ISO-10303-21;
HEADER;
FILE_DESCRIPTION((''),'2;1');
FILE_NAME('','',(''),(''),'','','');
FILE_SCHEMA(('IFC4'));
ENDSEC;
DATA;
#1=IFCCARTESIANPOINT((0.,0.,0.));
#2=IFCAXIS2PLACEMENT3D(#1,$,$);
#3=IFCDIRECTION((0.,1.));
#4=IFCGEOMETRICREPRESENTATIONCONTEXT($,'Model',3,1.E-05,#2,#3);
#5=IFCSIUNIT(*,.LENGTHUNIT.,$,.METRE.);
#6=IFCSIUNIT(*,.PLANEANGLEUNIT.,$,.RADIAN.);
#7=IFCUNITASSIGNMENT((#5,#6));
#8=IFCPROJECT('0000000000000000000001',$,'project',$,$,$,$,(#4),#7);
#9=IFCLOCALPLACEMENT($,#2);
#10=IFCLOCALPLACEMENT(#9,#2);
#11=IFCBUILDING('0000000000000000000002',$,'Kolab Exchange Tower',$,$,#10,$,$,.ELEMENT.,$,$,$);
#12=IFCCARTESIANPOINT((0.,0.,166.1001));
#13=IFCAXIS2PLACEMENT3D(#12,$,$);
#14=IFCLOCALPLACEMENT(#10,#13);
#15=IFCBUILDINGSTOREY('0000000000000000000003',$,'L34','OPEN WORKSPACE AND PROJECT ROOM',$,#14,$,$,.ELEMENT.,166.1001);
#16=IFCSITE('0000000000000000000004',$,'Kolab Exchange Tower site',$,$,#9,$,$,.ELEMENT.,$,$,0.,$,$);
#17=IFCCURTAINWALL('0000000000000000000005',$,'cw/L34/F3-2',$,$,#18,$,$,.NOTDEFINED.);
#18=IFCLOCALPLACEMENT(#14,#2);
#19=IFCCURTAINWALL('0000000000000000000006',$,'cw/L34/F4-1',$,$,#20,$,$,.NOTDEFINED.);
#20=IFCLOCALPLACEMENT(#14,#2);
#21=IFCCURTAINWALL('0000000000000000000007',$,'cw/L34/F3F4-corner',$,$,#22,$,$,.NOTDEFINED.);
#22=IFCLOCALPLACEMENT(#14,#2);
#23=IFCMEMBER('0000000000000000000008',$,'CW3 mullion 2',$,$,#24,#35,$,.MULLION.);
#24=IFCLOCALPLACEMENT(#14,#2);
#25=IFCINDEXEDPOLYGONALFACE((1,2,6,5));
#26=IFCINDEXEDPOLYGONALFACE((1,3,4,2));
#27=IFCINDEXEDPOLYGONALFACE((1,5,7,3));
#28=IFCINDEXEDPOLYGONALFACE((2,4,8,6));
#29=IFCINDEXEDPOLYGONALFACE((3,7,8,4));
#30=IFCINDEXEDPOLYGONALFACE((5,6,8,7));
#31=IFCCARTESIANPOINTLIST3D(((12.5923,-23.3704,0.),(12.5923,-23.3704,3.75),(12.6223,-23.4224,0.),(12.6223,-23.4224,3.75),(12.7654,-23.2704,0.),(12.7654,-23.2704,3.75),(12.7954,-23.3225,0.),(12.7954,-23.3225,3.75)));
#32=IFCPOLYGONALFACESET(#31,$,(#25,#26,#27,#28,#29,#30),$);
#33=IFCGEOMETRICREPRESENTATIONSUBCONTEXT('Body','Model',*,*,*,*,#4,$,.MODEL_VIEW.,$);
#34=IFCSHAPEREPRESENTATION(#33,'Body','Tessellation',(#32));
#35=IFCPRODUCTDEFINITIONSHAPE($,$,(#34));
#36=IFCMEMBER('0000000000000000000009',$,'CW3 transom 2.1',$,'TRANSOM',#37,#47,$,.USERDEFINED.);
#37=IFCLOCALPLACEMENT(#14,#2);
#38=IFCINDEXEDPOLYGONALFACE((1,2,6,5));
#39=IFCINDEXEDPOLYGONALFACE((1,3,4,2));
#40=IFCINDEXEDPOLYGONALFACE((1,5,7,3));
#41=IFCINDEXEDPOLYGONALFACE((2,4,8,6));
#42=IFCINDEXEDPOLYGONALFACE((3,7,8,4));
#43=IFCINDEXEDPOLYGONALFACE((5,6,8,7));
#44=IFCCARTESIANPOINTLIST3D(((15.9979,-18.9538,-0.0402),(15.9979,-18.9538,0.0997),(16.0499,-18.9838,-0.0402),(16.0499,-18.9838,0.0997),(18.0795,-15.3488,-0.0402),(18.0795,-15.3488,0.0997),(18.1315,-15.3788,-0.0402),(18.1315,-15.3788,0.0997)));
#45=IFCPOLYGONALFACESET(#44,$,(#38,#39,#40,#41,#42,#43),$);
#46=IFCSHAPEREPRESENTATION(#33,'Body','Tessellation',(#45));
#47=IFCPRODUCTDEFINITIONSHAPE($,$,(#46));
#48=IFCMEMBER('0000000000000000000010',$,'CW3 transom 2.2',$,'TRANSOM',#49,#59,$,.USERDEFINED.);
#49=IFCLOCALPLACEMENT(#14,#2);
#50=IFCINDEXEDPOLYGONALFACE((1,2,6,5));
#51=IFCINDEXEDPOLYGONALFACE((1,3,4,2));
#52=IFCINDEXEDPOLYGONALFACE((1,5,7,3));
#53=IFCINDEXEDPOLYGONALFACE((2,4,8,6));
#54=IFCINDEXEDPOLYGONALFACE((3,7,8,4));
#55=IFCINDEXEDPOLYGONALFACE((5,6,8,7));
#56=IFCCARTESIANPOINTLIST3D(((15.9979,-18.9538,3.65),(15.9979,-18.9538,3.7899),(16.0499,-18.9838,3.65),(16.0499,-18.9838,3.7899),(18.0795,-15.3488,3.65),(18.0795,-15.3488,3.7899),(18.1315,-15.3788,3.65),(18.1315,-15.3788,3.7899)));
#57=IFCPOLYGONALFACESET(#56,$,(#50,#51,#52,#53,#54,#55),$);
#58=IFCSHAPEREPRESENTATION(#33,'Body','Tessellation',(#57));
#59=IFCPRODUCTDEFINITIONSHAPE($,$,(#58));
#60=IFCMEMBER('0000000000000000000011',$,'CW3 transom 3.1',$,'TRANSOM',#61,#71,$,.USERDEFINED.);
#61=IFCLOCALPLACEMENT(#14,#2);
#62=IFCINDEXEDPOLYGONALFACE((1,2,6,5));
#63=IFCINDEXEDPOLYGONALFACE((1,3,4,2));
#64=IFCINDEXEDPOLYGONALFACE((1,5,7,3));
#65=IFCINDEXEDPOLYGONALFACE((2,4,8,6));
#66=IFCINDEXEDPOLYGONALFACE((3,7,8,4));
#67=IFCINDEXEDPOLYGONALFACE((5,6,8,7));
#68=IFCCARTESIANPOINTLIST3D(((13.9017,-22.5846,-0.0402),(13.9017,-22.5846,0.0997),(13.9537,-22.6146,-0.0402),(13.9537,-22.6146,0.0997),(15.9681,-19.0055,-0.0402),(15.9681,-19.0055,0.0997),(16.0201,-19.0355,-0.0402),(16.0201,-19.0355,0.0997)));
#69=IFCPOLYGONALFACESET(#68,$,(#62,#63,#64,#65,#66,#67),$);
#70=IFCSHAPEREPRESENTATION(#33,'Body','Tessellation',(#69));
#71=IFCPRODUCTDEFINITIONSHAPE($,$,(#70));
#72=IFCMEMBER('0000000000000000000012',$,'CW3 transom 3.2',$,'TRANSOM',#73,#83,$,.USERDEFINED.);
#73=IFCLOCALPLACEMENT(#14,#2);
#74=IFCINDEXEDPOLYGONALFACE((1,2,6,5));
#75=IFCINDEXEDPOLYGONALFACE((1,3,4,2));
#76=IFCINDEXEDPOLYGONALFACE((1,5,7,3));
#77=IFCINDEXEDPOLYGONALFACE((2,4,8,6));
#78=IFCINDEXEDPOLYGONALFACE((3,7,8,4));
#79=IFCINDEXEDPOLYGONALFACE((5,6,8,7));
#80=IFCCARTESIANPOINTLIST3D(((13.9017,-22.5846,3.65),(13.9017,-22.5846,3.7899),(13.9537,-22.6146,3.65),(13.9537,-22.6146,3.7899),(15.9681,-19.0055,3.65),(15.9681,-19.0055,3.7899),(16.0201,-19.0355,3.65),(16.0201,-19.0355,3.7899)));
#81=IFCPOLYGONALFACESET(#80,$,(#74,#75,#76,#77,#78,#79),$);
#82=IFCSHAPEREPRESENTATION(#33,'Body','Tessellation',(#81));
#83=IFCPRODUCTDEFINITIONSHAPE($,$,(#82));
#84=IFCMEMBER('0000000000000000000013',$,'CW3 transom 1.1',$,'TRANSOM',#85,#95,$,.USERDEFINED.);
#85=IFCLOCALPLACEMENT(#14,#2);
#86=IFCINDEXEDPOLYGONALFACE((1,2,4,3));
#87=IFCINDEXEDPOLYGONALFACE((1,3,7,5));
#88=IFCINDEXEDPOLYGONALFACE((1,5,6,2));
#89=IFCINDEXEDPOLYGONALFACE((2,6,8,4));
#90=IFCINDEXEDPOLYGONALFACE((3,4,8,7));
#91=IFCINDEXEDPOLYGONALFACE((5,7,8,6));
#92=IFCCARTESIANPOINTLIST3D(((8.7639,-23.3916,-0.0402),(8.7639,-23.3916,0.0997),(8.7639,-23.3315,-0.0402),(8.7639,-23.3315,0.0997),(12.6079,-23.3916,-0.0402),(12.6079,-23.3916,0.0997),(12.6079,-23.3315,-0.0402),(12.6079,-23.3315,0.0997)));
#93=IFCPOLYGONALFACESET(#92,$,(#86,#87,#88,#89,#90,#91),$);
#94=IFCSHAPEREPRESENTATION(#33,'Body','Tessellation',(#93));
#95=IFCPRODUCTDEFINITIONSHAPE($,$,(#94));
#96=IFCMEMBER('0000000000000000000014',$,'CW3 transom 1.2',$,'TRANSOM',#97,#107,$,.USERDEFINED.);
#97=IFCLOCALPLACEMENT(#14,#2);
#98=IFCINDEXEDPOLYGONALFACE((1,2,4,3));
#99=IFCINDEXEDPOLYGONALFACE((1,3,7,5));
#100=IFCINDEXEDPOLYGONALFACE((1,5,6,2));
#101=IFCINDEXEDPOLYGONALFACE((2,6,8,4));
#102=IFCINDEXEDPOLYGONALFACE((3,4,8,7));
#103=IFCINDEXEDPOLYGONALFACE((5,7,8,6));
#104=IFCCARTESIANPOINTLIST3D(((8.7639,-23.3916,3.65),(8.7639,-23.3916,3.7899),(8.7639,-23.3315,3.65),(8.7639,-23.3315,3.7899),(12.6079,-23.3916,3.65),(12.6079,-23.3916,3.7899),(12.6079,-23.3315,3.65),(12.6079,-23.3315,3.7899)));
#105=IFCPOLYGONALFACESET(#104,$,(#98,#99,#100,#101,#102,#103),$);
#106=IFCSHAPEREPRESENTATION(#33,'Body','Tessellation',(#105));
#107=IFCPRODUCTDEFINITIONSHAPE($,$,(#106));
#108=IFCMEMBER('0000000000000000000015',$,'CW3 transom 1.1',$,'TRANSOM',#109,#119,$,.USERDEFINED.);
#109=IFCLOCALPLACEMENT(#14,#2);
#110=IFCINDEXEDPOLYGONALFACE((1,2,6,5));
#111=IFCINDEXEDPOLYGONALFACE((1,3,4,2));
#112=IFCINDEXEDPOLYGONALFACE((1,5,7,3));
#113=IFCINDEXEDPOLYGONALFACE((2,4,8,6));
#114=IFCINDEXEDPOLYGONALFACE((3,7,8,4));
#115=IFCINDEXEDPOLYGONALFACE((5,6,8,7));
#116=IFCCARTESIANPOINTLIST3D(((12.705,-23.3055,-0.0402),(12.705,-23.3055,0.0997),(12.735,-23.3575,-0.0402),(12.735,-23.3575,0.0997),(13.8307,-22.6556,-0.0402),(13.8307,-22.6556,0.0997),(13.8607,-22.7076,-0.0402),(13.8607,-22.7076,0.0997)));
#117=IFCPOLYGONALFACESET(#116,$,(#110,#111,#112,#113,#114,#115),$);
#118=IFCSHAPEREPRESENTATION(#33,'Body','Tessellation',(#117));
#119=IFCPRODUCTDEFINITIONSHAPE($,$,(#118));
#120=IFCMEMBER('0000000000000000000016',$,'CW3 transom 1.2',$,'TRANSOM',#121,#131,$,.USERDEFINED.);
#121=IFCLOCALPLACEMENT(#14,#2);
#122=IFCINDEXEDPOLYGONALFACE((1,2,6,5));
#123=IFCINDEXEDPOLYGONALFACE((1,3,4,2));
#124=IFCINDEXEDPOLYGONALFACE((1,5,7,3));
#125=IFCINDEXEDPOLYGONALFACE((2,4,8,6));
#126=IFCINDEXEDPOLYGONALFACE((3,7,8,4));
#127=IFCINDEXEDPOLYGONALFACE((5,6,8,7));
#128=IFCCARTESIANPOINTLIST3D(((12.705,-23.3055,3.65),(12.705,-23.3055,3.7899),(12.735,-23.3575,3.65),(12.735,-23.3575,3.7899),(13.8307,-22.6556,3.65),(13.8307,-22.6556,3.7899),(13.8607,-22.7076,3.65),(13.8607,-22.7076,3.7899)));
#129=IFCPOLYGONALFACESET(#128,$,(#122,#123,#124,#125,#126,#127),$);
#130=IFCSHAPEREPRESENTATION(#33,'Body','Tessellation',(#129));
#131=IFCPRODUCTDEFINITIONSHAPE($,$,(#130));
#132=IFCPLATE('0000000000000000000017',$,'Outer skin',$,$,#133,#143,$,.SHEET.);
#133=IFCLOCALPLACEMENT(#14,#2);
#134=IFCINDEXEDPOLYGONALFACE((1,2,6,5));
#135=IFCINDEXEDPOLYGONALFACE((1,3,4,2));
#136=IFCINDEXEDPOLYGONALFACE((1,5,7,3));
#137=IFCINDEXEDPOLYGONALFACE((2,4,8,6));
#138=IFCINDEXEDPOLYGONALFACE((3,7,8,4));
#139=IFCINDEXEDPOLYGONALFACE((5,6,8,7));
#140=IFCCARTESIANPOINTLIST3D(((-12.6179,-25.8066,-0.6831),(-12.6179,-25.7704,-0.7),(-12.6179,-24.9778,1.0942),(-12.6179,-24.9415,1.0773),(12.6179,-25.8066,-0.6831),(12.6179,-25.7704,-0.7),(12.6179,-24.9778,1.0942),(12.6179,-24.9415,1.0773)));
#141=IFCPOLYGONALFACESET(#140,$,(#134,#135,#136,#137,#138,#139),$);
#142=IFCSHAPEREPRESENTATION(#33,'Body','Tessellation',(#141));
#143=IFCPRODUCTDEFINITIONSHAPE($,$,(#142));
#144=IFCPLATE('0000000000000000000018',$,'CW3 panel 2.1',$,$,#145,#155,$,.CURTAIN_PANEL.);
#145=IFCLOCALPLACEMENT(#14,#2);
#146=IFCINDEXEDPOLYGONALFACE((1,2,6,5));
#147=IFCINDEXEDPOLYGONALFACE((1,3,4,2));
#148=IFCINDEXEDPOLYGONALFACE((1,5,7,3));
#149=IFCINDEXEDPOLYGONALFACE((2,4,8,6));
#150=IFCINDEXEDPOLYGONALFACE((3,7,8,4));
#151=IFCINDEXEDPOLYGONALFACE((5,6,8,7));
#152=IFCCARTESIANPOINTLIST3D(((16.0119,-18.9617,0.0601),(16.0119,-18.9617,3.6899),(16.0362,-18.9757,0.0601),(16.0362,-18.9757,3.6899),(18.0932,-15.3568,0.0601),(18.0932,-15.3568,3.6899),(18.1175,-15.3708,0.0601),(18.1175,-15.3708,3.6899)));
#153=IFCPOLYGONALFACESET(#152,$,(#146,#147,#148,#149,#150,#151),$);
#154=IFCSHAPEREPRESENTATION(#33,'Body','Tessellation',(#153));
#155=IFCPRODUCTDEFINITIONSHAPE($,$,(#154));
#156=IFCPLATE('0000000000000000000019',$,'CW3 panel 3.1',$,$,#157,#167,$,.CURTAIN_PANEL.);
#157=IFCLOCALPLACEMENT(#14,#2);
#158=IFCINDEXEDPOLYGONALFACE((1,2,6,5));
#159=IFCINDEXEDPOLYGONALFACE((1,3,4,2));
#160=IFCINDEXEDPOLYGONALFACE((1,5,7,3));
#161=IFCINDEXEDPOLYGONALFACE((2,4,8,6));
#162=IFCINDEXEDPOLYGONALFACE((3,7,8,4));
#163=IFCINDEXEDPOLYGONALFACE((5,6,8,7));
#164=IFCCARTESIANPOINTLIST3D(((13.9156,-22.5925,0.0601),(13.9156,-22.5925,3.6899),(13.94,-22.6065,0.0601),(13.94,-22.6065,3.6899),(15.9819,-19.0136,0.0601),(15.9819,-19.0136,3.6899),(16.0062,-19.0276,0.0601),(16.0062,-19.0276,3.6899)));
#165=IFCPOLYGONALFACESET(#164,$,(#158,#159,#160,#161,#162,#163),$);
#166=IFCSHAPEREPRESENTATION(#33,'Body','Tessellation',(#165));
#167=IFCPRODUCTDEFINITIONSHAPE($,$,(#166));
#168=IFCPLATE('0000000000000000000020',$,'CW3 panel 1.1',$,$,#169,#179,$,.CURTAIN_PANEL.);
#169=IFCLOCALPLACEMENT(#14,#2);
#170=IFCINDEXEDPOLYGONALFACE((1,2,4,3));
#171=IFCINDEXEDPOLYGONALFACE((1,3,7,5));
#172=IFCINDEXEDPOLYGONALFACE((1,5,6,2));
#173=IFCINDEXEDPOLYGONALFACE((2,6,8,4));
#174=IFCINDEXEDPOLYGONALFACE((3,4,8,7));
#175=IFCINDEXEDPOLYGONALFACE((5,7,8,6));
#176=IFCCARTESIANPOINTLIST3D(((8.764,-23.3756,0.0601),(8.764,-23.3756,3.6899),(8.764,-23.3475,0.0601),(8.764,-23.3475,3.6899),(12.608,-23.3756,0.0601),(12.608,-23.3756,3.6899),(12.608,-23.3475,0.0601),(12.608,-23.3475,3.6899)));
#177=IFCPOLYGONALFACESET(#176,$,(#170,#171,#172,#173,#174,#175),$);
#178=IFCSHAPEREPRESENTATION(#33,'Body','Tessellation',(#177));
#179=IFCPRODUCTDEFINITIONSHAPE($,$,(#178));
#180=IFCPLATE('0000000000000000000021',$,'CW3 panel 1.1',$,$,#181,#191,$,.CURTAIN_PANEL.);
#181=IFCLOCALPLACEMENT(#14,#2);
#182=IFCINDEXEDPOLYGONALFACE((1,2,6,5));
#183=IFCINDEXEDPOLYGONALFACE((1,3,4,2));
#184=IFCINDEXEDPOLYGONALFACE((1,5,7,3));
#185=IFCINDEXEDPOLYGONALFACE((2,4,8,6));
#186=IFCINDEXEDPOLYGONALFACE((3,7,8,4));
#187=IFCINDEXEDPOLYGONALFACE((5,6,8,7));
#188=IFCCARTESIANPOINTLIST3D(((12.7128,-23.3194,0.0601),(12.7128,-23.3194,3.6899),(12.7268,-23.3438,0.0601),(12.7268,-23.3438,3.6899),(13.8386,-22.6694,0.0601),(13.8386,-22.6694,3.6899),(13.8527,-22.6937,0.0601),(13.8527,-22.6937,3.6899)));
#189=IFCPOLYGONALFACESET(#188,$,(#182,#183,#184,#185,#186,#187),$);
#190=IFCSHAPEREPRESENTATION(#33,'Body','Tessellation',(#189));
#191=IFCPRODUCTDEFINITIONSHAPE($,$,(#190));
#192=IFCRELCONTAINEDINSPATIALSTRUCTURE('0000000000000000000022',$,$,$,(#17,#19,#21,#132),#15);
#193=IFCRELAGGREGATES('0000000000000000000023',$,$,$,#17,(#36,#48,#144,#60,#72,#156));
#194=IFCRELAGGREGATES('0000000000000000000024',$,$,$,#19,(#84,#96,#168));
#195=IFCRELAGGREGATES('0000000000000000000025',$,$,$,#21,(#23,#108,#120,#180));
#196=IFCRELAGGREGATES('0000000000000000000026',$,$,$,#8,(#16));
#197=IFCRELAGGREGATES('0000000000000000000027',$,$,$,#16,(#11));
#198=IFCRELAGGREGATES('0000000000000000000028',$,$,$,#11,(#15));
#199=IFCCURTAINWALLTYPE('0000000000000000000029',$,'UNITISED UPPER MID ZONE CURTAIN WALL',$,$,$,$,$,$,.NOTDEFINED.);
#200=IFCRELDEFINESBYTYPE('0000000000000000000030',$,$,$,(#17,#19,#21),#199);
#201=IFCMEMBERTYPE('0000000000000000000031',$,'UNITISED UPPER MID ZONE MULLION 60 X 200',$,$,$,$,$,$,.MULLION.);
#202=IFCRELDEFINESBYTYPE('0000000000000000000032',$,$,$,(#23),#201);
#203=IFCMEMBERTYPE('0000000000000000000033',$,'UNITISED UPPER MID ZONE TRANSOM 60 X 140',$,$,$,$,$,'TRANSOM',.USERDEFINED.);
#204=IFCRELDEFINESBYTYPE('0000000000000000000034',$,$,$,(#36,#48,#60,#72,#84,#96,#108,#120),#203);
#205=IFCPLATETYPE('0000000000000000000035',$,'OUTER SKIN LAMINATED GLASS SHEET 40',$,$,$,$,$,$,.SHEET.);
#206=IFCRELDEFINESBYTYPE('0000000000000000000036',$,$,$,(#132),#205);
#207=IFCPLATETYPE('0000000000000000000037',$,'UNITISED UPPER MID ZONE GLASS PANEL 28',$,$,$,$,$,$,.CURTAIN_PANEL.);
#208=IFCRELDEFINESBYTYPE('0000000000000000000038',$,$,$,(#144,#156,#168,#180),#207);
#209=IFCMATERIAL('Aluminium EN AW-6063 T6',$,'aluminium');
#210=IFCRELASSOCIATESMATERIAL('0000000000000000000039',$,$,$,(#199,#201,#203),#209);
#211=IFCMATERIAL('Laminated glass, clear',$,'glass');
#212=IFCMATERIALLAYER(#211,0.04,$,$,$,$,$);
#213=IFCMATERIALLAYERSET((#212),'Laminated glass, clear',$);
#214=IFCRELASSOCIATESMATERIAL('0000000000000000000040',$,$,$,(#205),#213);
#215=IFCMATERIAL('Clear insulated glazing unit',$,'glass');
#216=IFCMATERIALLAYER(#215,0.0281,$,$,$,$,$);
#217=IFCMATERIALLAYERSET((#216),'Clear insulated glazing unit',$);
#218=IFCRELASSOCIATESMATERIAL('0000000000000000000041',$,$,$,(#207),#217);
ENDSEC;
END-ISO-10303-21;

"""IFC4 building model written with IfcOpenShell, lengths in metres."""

from ifc_helpers import new_model, si_unit, direction, frame, origin, origin_2d, place, context, subcontext, project, spatial, polyline, rectangle, outline, extrude, material, layer, layer_set, material_profile, profile_set, type_object, element, aggregate, save


model = new_model("IFC4")

# Units and contexts
model_context = context("Model", 3, precision=1e-05, world=origin(), true_north=direction((0.0, 1.0)))
body_context = subcontext(model_context, "Body", "Model", "MODEL_VIEW")
ifc_project = project(units=[si_unit("LENGTHUNIT", "METRE"), si_unit("PLANEANGLEUNIT", "RADIAN")], contexts=[model_context])

# Site, building, storey
site_placement = place(None, origin())
site = spatial("IfcSite", under=ifc_project, at=site_placement, Name="Kolab Exchange Tower site", CompositionType="ELEMENT", RefElevation=0.0)
building_placement = place(site_placement, origin())
building = spatial("IfcBuilding", under=site, at=building_placement, Name="Kolab Exchange Tower", CompositionType="ELEMENT")
storey_placement = place(building_placement, frame((0.0, 0.0, 166.1001)))
storey = spatial("IfcBuildingStorey", under=building, at=storey_placement, Name="L34", Description="OPEN WORKSPACE AND PROJECT ROOM", CompositionType="ELEMENT", Elevation=166.1001)

# Curtain wall
ifc_material_1 = material(Name="Aluminium EN AW-6063 T6", Category="aluminium")
curtain_wall_type = type_object("IfcCurtainWallType", Name="UNITISED UPPER MID ZONE CURTAIN WALL", PredefinedType="NOTDEFINED", material=ifc_material_1)
curtain_wall_1_placement = place(storey_placement, origin())
curtain_wall_1 = element("IfcCurtainWall", 1, at=curtain_wall_1_placement, inside=storey, type_object=curtain_wall_type, Name="cw/L34/F3-2", PredefinedType="NOTDEFINED")
ifc_material_profile_1 = material_profile(ifc_material_1, rectangle(XDim=0.0601, YDim=0.2, at=origin_2d()), Name="RECT 60X200")
ifc_profile_set_1 = profile_set([ifc_material_profile_1], Name="Aluminium EN AW-6063 T6")
member_type_1 = type_object("IfcMemberType", Name="UNITISED UPPER MID ZONE MULLION 60 X 200", PredefinedType="MULLION", material=ifc_profile_set_1)

# Curtain wall
curtain_wall_2_placement = place(storey_placement, origin())
curtain_wall_2 = element("IfcCurtainWall", 2, at=curtain_wall_2_placement, inside=storey, type_object=curtain_wall_type, Name="cw/L34/F4-1", PredefinedType="NOTDEFINED")

# Curtain wall, member
curtain_wall_3_placement = place(storey_placement, origin())
curtain_wall_3 = element("IfcCurtainWall", 3, at=curtain_wall_3_placement, inside=storey, type_object=curtain_wall_type, Name="cw/L34/F3F4-corner", PredefinedType="NOTDEFINED")
member_1_placement = place(storey_placement, frame((12.6938, -23.3464, 0.0), z_axis=(0.0, 0.0, 1.0), x_axis=(0.5, -0.866025, 0.0)))
member_1 = element("IfcMember", 4, at=member_1_placement, type_object=member_type_1, Name="CW3 mullion 2", PredefinedType="MULLION", context=body_context, shape_type="SweptSolid", body=[
    extrude(rectangle(XDim=0.0601, YDim=0.2, at=origin_2d()), origin(), (0.0, 0.0, 1.0), 3.75),
])

# Members
ifc_material_profile_2 = material_profile(ifc_material_1, rectangle(XDim=0.0601, YDim=0.1399, at=origin_2d()), Name="RECT 60X140")
ifc_profile_set_2 = profile_set([ifc_material_profile_2], Name="Aluminium EN AW-6063 T6")
member_type_2 = type_object("IfcMemberType", Name="UNITISED UPPER MID ZONE TRANSOM 60 X 140", ElementType="TRANSOM", PredefinedType="USERDEFINED", material=ifc_profile_set_2)
member_2_placement = place(storey_placement, frame((18.1055, -15.3638, 0.0298), z_axis=(-0.500037, -0.866004, 0.0), x_axis=(0.866004, -0.500037, 0.0)))
member_2 = element("IfcMember", 5, at=member_2_placement, type_object=member_type_2, Name="CW3 transom 2.1", ObjectType="TRANSOM", PredefinedType="USERDEFINED", context=body_context, shape_type="SweptSolid", body=[
    extrude(rectangle(XDim=0.0601, YDim=0.1399, at=origin_2d()), origin(), (0.0, 0.0, 1.0), 4.1628),
])
member_3_placement = place(storey_placement, frame((18.1055, -15.3638, 3.72), z_axis=(-0.500037, -0.866004, 0.0), x_axis=(0.866004, -0.500037, 0.0)))
member_3 = element("IfcMember", 6, at=member_3_placement, type_object=member_type_2, Name="CW3 transom 2.2", ObjectType="TRANSOM", PredefinedType="USERDEFINED", context=body_context, shape_type="SweptSolid", body=[
    extrude(rectangle(XDim=0.0601, YDim=0.1399, at=origin_2d()), origin(), (0.0, 0.0, 1.0), 4.1628),
])
member_4_placement = place(storey_placement, frame((15.9941, -19.0205, 0.0298), z_axis=(-0.500002, -0.866024, 0.0), x_axis=(0.866024, -0.500002, 0.0)))
member_4 = element("IfcMember", 7, at=member_4_placement, type_object=member_type_2, Name="CW3 transom 3.1", ObjectType="TRANSOM", PredefinedType="USERDEFINED", context=body_context, shape_type="SweptSolid", body=[
    extrude(rectangle(XDim=0.0601, YDim=0.1399, at=origin_2d()), origin(), (0.0, 0.0, 1.0), 4.1328),
])
member_5_placement = place(storey_placement, frame((15.9941, -19.0205, 3.72), z_axis=(-0.500002, -0.866024, 0.0), x_axis=(0.866024, -0.500002, 0.0)))
member_5 = element("IfcMember", 8, at=member_5_placement, type_object=member_type_2, Name="CW3 transom 3.2", ObjectType="TRANSOM", PredefinedType="USERDEFINED", context=body_context, shape_type="SweptSolid", body=[
    extrude(rectangle(XDim=0.0601, YDim=0.1399, at=origin_2d()), origin(), (0.0, 0.0, 1.0), 4.1328),
])
member_6_placement = place(storey_placement, frame((12.6079, -23.3616, 0.0298), z_axis=(-1.0, 0.0, 0.0), x_axis=(0.0, -1.0, 0.0)))
member_6 = element("IfcMember", 9, at=member_6_placement, type_object=member_type_2, Name="CW3 transom 1.1", ObjectType="TRANSOM", PredefinedType="USERDEFINED", context=body_context, shape_type="SweptSolid", body=[
    extrude(rectangle(XDim=0.0601, YDim=0.1399, at=origin_2d()), origin(), (0.0, 0.0, 1.0), 3.844),
])
member_7_placement = place(storey_placement, frame((12.6079, -23.3616, 3.72), z_axis=(-1.0, 0.0, 0.0), x_axis=(0.0, -1.0, 0.0)))
member_7 = element("IfcMember", 10, at=member_7_placement, type_object=member_type_2, Name="CW3 transom 1.2", ObjectType="TRANSOM", PredefinedType="USERDEFINED", context=body_context, shape_type="SweptSolid", body=[
    extrude(rectangle(XDim=0.0601, YDim=0.1399, at=origin_2d()), origin(), (0.0, 0.0, 1.0), 3.844),
])
member_8_placement = place(storey_placement, frame((13.8457, -22.6816, 0.0298), z_axis=(-0.866039, -0.499977, 0.0), x_axis=(0.499977, -0.866039, 0.0)))
member_8 = element("IfcMember", 11, at=member_8_placement, type_object=member_type_2, Name="CW3 transom 1.1", ObjectType="TRANSOM", PredefinedType="USERDEFINED", context=body_context, shape_type="SweptSolid", body=[
    extrude(rectangle(XDim=0.0601, YDim=0.1399, at=origin_2d()), origin(), (0.0, 0.0, 1.0), 1.2998),
])
member_9_placement = place(storey_placement, frame((13.8457, -22.6816, 3.72), z_axis=(-0.866039, -0.499977, 0.0), x_axis=(0.499977, -0.866039, 0.0)))
member_9 = element("IfcMember", 12, at=member_9_placement, type_object=member_type_2, Name="CW3 transom 1.2", ObjectType="TRANSOM", PredefinedType="USERDEFINED", context=body_context, shape_type="SweptSolid", body=[
    extrude(rectangle(XDim=0.0601, YDim=0.1399, at=origin_2d()), origin(), (0.0, 0.0, 1.0), 1.2998),
])

# Plates
ifc_material_2 = material(Name="Laminated glass, clear", Category="glass")
ifc_layer_1 = layer(ifc_material_2, 0.04)
ifc_layer_set_1 = layer_set([ifc_layer_1], Name="Laminated glass, clear")
plate_type_1 = type_object("IfcPlateType", Name="OUTER SKIN LAMINATED GLASS SHEET 40", PredefinedType="SHEET", material=ifc_layer_set_1)
plate_1_placement = place(storey_placement, frame((12.6179, -25.8066, -0.6831), z_axis=(0.0, -0.906294, 0.422647), x_axis=(-1.0, 0.0, 0.0)))
element("IfcPlate", 13, at=plate_1_placement, inside=storey, type_object=plate_type_1, Name="Outer skin", PredefinedType="SHEET", context=body_context, shape_type="SweptSolid", body=[
    extrude(outline(polyline([(0.0, 0.0), (25.2358, 0.0), (25.2358, -1.9611), (0.0, -1.9611), (0.0, 0.0)])), origin(), (0.0, 0.0, -1.0), 0.04),
])
ifc_material_3 = material(Name="Clear insulated glazing unit", Category="glass")
ifc_layer_2 = layer(ifc_material_3, 0.0281)
ifc_layer_set_2 = layer_set([ifc_layer_2], Name="Clear insulated glazing unit")
plate_type_2 = type_object("IfcPlateType", Name="UNITISED UPPER MID ZONE GLASS PANEL 28", PredefinedType="CURTAIN_PANEL", material=ifc_layer_set_2)
plate_2_placement = place(storey_placement, frame((17.0647, -17.1663, 0.0601), z_axis=(0.0, 0.0, 1.0), x_axis=(-0.5, -0.866025, 0.0)))
plate_2 = element("IfcPlate", 14, at=plate_2_placement, type_object=plate_type_2, Name="CW3 panel 2.1", PredefinedType="CURTAIN_PANEL", context=body_context, shape_type="SweptSolid", body=[
    extrude(rectangle(XDim=4.1626, YDim=0.0281, at=origin_2d()), origin(), (0.0, 0.0, 1.0), 3.6299),
])
plate_3_placement = place(storey_placement, frame((14.9609, -20.8101, 0.0601), z_axis=(0.0, 0.0, 1.0), x_axis=(-0.5, -0.866025, 0.0)))
plate_3 = element("IfcPlate", 15, at=plate_3_placement, type_object=plate_type_2, Name="CW3 panel 3.1", PredefinedType="CURTAIN_PANEL", context=body_context, shape_type="SweptSolid", body=[
    extrude(rectangle(XDim=4.1326, YDim=0.0281, at=origin_2d()), origin(), (0.0, 0.0, 1.0), 3.6299),
])
aggregate(curtain_wall_1, [member_2, member_3, plate_2, member_4, member_5, plate_3])
plate_4_placement = place(storey_placement, frame((10.686, -23.3616, 0.0601), z_axis=(0.0, 0.0, 1.0), x_axis=(-1.0, 0.0, 0.0)))
plate_4 = element("IfcPlate", 16, at=plate_4_placement, type_object=plate_type_2, Name="CW3 panel 1.1", PredefinedType="CURTAIN_PANEL", context=body_context, shape_type="SweptSolid", body=[
    extrude(rectangle(XDim=3.844, YDim=0.0281, at=origin_2d()), origin(), (0.0, 0.0, 1.0), 3.6299),
])
aggregate(curtain_wall_2, [member_6, member_7, plate_4])
plate_5_placement = place(storey_placement, frame((13.2827, -23.0066, 0.0601), z_axis=(0.0, 0.0, 1.0), x_axis=(-0.866025, -0.5, 0.0)))
plate_5 = element("IfcPlate", 17, at=plate_5_placement, type_object=plate_type_2, Name="CW3 panel 1.1", PredefinedType="CURTAIN_PANEL", context=body_context, shape_type="SweptSolid", body=[
    extrude(rectangle(XDim=1.3, YDim=0.0281, at=origin_2d()), origin(), (0.0, 0.0, 1.0), 3.6299),
])
aggregate(curtain_wall_3, [member_1, member_8, member_9, plate_5])

save(model, "model.ifc")
